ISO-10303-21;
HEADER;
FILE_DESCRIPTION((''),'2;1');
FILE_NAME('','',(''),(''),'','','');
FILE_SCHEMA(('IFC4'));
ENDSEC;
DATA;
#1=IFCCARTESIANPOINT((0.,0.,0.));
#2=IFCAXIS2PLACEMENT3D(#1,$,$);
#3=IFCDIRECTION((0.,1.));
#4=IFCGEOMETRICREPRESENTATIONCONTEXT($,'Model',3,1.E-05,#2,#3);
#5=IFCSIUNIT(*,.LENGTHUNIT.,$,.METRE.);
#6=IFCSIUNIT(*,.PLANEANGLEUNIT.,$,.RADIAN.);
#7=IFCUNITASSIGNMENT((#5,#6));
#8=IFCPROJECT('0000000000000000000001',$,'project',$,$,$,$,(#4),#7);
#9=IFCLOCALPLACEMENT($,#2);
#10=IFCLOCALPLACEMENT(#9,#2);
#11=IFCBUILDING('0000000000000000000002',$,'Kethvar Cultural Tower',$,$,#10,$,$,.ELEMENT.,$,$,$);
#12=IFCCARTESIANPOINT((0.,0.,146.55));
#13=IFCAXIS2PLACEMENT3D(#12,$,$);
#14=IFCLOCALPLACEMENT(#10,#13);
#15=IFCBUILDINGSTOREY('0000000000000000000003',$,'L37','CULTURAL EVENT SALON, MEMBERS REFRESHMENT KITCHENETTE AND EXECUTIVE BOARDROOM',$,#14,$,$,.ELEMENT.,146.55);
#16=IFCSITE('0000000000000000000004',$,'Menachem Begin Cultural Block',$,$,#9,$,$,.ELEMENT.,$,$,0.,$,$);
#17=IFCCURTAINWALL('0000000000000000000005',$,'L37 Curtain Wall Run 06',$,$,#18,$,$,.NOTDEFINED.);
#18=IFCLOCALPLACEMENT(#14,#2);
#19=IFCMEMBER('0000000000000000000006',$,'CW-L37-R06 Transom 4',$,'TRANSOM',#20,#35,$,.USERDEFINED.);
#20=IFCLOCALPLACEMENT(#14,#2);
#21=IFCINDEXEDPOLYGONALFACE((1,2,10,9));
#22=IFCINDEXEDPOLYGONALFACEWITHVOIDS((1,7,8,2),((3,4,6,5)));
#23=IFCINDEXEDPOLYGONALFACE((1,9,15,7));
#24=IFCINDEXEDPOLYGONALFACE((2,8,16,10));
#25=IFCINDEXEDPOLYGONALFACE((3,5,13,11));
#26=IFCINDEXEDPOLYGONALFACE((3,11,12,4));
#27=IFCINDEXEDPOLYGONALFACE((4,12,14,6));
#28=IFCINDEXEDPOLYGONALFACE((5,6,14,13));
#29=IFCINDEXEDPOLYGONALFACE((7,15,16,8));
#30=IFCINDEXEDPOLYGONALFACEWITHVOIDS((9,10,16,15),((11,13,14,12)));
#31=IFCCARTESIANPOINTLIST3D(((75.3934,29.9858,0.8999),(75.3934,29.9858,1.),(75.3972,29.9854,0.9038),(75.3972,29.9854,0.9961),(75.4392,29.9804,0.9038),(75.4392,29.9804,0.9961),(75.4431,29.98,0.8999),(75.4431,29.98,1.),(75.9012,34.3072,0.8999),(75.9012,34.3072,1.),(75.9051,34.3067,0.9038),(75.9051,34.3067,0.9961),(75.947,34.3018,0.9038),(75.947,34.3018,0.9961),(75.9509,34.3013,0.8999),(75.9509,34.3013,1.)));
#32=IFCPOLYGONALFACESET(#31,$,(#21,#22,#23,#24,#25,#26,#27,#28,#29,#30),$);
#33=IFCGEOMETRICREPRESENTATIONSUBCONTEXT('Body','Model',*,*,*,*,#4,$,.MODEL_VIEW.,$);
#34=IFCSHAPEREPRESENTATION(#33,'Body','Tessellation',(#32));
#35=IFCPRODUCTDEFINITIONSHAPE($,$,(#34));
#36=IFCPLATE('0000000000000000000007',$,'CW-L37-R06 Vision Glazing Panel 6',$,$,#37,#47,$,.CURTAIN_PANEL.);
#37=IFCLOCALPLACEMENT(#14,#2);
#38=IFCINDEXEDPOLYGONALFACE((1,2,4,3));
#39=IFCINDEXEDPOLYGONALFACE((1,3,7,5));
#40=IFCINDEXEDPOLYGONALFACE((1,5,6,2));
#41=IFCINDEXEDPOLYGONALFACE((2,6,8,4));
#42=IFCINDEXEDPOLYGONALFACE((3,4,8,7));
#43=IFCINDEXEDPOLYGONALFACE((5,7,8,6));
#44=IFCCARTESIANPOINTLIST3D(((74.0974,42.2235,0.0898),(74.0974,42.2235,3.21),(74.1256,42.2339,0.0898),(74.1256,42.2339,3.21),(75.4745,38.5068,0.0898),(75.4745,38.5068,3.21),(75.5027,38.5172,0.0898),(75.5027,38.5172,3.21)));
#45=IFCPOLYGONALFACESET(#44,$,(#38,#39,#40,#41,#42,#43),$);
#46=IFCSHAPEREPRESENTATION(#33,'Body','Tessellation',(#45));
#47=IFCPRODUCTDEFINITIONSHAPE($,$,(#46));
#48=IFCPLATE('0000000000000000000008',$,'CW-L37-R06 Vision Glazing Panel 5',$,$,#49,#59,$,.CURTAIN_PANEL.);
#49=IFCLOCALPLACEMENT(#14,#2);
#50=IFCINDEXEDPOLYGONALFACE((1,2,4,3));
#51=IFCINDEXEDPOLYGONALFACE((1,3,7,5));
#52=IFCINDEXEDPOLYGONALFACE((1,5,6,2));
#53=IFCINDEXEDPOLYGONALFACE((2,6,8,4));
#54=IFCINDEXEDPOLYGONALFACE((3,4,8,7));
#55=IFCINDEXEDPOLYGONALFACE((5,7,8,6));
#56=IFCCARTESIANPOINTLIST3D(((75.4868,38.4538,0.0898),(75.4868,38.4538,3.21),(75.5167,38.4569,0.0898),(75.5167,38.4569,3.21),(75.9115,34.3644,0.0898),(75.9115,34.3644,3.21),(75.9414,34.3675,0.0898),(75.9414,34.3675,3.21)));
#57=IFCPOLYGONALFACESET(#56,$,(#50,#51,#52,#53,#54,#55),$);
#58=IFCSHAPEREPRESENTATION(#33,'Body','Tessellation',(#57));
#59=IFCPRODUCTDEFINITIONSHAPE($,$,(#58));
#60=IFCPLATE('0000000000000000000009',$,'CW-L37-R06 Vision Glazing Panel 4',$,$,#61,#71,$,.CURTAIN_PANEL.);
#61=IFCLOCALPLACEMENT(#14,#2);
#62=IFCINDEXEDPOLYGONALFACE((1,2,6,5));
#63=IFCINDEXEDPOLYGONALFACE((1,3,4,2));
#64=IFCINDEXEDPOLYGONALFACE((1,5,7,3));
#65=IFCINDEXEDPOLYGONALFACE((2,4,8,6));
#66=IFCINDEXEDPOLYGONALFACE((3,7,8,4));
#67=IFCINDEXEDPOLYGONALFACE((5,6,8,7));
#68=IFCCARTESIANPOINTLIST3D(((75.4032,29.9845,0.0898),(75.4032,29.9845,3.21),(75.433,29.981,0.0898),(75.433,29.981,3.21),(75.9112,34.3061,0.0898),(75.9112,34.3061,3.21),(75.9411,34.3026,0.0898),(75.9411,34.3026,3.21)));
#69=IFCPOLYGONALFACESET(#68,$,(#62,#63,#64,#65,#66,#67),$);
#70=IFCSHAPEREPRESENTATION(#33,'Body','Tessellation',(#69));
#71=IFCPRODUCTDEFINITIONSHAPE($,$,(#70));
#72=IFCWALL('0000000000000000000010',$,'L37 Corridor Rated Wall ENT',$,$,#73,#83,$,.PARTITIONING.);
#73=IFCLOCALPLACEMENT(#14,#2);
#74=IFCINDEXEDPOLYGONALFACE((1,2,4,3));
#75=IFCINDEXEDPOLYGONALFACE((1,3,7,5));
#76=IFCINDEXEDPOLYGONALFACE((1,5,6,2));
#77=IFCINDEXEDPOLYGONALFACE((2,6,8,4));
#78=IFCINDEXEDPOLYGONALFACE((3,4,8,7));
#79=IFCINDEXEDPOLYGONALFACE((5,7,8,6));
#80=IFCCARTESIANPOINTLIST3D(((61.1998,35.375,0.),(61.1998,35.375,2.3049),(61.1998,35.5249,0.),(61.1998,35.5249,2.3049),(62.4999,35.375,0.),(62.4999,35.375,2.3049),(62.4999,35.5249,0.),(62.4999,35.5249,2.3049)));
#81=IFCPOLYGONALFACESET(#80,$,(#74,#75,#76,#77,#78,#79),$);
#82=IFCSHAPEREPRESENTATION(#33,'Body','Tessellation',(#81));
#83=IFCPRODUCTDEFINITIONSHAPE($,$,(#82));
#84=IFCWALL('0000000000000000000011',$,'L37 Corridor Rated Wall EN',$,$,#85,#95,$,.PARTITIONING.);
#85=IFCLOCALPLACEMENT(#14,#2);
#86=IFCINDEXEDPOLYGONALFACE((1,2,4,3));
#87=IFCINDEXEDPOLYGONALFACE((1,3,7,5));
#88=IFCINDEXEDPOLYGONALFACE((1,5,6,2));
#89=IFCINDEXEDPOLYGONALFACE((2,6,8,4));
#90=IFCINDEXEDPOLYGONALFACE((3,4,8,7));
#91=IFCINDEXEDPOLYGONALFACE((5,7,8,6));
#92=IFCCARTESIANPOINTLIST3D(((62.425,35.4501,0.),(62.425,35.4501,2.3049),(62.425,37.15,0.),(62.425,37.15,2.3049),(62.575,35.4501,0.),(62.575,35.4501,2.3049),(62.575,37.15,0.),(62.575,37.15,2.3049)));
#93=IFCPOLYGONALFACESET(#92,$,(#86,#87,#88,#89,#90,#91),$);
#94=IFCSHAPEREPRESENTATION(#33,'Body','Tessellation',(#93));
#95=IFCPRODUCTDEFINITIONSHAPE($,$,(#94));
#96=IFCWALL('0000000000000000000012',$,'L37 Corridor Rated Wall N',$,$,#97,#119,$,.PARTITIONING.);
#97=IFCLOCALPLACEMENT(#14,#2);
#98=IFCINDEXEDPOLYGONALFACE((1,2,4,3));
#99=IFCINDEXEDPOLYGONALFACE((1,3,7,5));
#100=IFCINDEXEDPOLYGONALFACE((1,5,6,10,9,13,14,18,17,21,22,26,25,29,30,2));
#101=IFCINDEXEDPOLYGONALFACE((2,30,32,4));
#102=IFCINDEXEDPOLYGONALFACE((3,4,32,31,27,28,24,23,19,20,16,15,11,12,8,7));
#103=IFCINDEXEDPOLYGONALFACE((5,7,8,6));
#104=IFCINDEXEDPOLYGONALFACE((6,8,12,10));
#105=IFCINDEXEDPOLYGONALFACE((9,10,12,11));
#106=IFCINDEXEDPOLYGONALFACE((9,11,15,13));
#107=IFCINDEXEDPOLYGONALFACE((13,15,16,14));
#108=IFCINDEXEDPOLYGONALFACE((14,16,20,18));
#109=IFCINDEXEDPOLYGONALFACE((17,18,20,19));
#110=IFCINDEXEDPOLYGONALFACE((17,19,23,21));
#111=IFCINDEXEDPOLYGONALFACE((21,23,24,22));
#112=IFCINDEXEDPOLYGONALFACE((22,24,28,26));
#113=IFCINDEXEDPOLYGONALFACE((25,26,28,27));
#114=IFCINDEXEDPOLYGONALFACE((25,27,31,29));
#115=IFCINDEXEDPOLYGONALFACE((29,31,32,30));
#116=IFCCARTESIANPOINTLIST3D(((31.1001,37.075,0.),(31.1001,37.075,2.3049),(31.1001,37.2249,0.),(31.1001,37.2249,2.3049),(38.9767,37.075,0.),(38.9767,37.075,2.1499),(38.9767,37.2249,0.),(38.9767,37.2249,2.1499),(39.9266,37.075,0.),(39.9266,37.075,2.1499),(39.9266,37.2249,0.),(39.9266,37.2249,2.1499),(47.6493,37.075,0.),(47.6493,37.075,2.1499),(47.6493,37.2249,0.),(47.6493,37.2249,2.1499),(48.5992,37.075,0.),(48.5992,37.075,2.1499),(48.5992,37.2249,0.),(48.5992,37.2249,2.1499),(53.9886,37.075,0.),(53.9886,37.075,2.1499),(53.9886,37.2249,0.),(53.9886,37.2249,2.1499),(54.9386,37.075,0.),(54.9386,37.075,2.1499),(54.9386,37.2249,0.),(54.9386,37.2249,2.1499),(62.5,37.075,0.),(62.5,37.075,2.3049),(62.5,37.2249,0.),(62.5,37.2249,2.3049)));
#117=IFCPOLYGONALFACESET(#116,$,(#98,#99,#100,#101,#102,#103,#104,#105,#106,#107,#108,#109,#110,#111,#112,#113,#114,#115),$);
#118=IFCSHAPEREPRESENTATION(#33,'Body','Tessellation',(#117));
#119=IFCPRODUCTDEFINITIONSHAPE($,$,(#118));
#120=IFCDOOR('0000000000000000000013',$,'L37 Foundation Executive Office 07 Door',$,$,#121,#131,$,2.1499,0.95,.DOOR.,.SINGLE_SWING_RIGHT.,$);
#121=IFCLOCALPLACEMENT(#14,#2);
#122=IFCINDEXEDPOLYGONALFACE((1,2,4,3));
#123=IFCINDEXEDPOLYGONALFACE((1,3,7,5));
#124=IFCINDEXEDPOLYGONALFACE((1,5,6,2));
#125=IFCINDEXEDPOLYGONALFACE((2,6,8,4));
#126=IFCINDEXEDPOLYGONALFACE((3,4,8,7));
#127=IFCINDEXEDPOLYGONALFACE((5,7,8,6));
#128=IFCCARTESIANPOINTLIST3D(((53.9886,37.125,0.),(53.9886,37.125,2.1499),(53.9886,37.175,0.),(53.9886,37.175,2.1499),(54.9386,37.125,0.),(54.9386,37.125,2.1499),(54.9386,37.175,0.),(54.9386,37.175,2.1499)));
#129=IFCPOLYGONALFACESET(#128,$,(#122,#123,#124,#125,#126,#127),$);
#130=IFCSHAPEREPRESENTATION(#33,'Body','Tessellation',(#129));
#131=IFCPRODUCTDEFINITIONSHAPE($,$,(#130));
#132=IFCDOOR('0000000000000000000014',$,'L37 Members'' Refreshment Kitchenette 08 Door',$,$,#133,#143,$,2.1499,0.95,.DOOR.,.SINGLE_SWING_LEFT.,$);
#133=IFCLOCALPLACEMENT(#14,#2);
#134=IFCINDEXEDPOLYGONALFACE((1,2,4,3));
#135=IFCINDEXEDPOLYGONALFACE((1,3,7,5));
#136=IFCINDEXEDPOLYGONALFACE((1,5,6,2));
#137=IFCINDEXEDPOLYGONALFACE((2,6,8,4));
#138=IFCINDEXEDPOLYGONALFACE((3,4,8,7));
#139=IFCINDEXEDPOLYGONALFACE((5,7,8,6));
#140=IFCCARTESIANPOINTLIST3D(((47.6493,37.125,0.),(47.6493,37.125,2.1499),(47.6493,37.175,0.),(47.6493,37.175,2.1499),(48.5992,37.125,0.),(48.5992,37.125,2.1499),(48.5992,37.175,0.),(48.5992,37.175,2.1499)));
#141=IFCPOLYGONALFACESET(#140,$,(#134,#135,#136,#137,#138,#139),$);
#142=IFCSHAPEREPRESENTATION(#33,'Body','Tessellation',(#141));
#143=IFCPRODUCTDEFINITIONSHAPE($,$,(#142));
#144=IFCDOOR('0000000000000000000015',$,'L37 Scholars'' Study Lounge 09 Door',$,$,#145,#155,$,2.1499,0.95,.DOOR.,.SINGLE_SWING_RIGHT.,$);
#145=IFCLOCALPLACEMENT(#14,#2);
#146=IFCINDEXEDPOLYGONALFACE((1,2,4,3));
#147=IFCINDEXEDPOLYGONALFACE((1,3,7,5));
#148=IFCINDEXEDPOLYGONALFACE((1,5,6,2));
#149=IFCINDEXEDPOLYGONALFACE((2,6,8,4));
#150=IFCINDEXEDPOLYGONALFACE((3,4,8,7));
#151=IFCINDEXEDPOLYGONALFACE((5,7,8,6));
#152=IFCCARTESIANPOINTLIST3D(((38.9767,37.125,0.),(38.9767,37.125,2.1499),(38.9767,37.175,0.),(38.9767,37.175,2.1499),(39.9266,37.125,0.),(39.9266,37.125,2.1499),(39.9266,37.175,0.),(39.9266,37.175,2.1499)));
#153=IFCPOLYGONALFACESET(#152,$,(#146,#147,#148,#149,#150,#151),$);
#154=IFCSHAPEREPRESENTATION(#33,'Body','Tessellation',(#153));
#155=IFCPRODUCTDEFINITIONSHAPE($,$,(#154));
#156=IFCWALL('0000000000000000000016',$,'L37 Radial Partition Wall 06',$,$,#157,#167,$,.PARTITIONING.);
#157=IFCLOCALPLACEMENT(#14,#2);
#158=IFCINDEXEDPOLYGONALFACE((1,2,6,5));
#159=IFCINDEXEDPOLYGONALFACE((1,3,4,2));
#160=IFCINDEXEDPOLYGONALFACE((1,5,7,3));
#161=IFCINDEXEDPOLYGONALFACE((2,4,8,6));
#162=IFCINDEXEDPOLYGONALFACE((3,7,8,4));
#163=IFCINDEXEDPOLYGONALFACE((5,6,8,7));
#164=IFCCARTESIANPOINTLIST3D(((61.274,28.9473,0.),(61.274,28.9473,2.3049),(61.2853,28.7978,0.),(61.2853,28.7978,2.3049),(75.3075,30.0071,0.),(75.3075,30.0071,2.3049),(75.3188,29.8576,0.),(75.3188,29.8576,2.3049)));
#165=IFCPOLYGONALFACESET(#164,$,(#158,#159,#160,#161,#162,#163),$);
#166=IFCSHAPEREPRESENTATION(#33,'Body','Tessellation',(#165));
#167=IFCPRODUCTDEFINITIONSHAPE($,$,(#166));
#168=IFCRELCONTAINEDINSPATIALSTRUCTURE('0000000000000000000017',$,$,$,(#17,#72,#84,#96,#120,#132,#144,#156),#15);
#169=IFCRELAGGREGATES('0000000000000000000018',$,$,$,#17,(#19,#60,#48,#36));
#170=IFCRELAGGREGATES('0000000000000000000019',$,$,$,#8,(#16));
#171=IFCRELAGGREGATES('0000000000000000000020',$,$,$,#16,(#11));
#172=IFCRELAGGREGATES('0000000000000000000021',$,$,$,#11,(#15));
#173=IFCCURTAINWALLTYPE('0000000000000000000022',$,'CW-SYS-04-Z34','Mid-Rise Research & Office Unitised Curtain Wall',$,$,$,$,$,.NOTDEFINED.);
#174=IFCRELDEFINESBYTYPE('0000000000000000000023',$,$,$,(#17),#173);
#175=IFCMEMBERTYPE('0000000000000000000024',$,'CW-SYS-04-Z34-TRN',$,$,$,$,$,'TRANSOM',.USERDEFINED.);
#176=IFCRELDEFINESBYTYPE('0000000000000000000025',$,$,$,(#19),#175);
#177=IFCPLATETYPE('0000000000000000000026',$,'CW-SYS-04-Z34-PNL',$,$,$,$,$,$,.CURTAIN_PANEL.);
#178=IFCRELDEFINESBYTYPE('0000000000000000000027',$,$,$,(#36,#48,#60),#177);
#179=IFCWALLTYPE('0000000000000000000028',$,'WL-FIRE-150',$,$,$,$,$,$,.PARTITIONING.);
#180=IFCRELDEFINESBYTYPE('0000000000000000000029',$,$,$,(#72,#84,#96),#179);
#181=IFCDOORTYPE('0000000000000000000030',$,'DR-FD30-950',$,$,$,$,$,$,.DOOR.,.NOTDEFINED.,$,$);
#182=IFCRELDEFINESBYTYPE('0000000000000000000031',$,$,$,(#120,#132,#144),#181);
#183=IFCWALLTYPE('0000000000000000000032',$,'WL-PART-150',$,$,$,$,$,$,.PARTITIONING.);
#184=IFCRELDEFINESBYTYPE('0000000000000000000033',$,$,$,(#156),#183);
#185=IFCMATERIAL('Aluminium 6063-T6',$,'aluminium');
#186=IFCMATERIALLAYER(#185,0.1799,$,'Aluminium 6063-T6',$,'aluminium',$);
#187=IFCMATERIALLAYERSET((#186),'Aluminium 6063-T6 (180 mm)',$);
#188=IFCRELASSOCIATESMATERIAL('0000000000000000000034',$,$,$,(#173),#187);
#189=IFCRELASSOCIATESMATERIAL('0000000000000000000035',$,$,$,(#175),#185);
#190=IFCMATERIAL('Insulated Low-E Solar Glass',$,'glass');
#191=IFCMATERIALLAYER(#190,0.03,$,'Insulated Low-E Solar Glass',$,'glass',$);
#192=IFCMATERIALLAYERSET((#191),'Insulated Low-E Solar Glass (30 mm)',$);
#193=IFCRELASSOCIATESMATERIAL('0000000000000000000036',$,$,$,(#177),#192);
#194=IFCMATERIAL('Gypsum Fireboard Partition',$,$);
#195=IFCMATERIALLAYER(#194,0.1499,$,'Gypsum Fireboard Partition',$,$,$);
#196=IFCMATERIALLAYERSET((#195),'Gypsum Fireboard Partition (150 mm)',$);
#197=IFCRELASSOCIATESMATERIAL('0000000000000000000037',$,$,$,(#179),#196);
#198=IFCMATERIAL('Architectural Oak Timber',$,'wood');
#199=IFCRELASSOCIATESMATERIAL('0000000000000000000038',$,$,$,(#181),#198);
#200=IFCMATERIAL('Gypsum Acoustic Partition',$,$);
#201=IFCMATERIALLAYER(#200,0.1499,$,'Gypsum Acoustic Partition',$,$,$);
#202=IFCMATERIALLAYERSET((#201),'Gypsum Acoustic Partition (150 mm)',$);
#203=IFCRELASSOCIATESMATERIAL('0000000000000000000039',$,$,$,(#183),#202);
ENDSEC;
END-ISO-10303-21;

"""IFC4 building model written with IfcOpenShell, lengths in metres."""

from ifc_helpers import new_model, si_unit, direction, frame, frame_2d, origin, origin_2d, place, context, subcontext, project, spatial, rectangle, hollow_rectangle, extrude, source, transform, mapped, material, layer, layer_set, material_profile, profile_set, type_object, element, fill, aggregate, save


model = new_model("IFC4")

# Units and contexts
model_context = context("Model", 3, precision=1e-05, world=origin(), true_north=direction((0.0, 1.0)))
body_context = subcontext(model_context, "Body", "Model", "MODEL_VIEW")
ifc_project = project(units=[si_unit("LENGTHUNIT", "METRE"), si_unit("PLANEANGLEUNIT", "RADIAN")], contexts=[model_context])

# Site, building, storey
site_placement = place(None, origin())
site = spatial("IfcSite", under=ifc_project, at=site_placement, Name="Menachem Begin Cultural Block", CompositionType="ELEMENT", RefElevation=0.0)
building_placement = place(site_placement, origin())
building = spatial("IfcBuilding", under=site, at=building_placement, Name="Kethvar Cultural Tower", CompositionType="ELEMENT")
storey_placement = place(building_placement, frame((0.0, 0.0, 146.55)))
storey = spatial("IfcBuildingStorey", under=building, at=storey_placement, Name="L37", Description="CULTURAL EVENT SALON, MEMBERS REFRESHMENT KITCHENETTE AND EXECUTIVE BOARDROOM", CompositionType="ELEMENT", Elevation=146.55)

# Shared definitions
ifc_material_1 = material(Name="Aluminium 6063-T6", Category="aluminium")
ifc_layer_1 = layer(ifc_material_1, 0.1799, Name="Aluminium 6063-T6", Category="aluminium")
ifc_layer_set_1 = layer_set([ifc_layer_1], Name="Aluminium 6063-T6 (180 mm)")
curtain_wall_type = type_object("IfcCurtainWallType", Name="CW-SYS-04-Z34", Description="Mid-Rise Research & Office Unitised Curtain Wall", PredefinedType="NOTDEFINED", material=ifc_layer_set_1)

# Curtain wall
curtain_wall_1_placement = place(storey_placement, origin())
curtain_wall_1 = element("IfcCurtainWall", 1, at=curtain_wall_1_placement, inside=storey, type_object=curtain_wall_type, Name="L37 Curtain Wall Run 06", PredefinedType="NOTDEFINED")

# Member
ifc_material_profile_1 = material_profile(ifc_material_1, hollow_rectangle(XDim=0.05, YDim=0.1001, WallThickness=0.0039, at=origin_2d()), Name="Aluminium 6063-T6 — RHS100x50x4")
ifc_profile_set_1 = profile_set([ifc_material_profile_1], Name="Aluminium 6063-T6 — RHS100x50x4")
member_type_1 = type_object("IfcMemberType", Name="CW-SYS-04-Z34-TRN", ElementType="TRANSOM", PredefinedType="USERDEFINED", material=ifc_profile_set_1)
shared_shape_1 = source(origin(), body_context, "Body", "SweptSolid", [
    extrude(hollow_rectangle(XDim=0.05, YDim=0.1001, WallThickness=0.0039, at=origin_2d()), origin(), (0.0, 0.0, 1.0), 4.3511),
])
member_1_placement = place(storey_placement, frame((75.4182, 29.9829, 0.95), z_axis=(0.116711, 0.993166, 0.0), x_axis=(-0.993166, 0.116711, 0.0)))
member_1 = element("IfcMember", 2, at=member_1_placement, type_object=member_type_1, Name="CW-L37-R06 Transom 4", ObjectType="TRANSOM", PredefinedType="USERDEFINED", context=body_context, shape_type="MappedRepresentation", body=[
    mapped(shared_shape_1, transform((0.0, 0.0, 0.0), scale=1.0)),
])

# Plates
ifc_material_2 = material(Name="Insulated Low-E Solar Glass", Category="glass")
ifc_layer_2 = layer(ifc_material_2, 0.03, Name="Insulated Low-E Solar Glass", Category="glass")
ifc_layer_set_2 = layer_set([ifc_layer_2], Name="Insulated Low-E Solar Glass (30 mm)")
plate_type = type_object("IfcPlateType", Name="CW-SYS-04-Z34-PNL", PredefinedType="CURTAIN_PANEL", material=ifc_layer_set_2)
shared_shape_2 = source(origin(), body_context, "Body", "SweptSolid", [
    extrude(rectangle(XDim=3.9636, YDim=0.03, at=origin_2d()), origin(), (0.0, 0.0, 1.0), 3.1201),
])
plate_1_placement = place(storey_placement, frame((74.8, 40.3704, 0.0898), z_axis=(0.0, 0.0, 1.0), x_axis=(-0.347427, 0.937707, 0.0)))
plate_1 = element("IfcPlate", 3, at=plate_1_placement, type_object=plate_type, Name="CW-L37-R06 Vision Glazing Panel 6", PredefinedType="CURTAIN_PANEL", context=body_context, shape_type="MappedRepresentation", body=[
    mapped(shared_shape_2, transform((0.0, 0.0, 0.0), scale=1.0)),
])
shared_shape_3 = source(origin(), body_context, "Body", "SweptSolid", [
    extrude(rectangle(XDim=4.1113, YDim=0.03, at=origin_2d()), origin(), (0.0, 0.0, 1.0), 3.1201),
])
plate_2_placement = place(storey_placement, frame((75.7141, 36.4106, 0.0898), z_axis=(0.0, 0.0, 1.0), x_axis=(-0.103296, 0.994651, 0.0)))
plate_2 = element("IfcPlate", 4, at=plate_2_placement, type_object=plate_type, Name="CW-L37-R06 Vision Glazing Panel 5", PredefinedType="CURTAIN_PANEL", context=body_context, shape_type="MappedRepresentation", body=[
    mapped(shared_shape_3, transform((0.0, 0.0, 0.0), scale=1.0)),
])
shared_shape_4 = source(origin(), body_context, "Body", "SweptSolid", [
    extrude(rectangle(XDim=4.3513, YDim=0.03, at=origin_2d()), origin(), (0.0, 0.0, 1.0), 3.1201),
])
plate_3_placement = place(storey_placement, frame((75.6721, 32.1436, 0.0898), z_axis=(0.0, 0.0, 1.0), x_axis=(0.116757, 0.99316, 0.0)))
plate_3 = element("IfcPlate", 5, at=plate_3_placement, type_object=plate_type, Name="CW-L37-R06 Vision Glazing Panel 4", PredefinedType="CURTAIN_PANEL", context=body_context, shape_type="MappedRepresentation", body=[
    mapped(shared_shape_4, transform((0.0, 0.0, 0.0), scale=1.0)),
])
aggregate(curtain_wall_1, [member_1, plate_3, plate_2, plate_1])

# Walls
ifc_material_3 = material(Name="Gypsum Fireboard Partition")
ifc_layer_3 = layer(ifc_material_3, 0.1499, Name="Gypsum Fireboard Partition")
ifc_layer_set_3 = layer_set([ifc_layer_3], Name="Gypsum Fireboard Partition (150 mm)")
wall_type_1 = type_object("IfcWallType", Name="WL-FIRE-150", PredefinedType="PARTITIONING", material=ifc_layer_set_3)
wall_1_placement = place(storey_placement, frame((61.2, 35.45, 0.0), z_axis=(0.0, 0.0, 1.0), x_axis=(1.0, 0.0, 0.0)))
element("IfcWall", 6, at=wall_1_placement, inside=storey, type_object=wall_type_1, Name="L37 Corridor Rated Wall ENT", PredefinedType="PARTITIONING", context=body_context, shape_type="SweptSolid", body=[
    extrude(rectangle(XDim=1.3, YDim=0.1499, at=frame_2d((0.6499, 0.0))), origin(), (0.0, 0.0, 1.0), 2.3049),
])
wall_2_placement = place(storey_placement, frame((62.5, 35.45, 0.0), z_axis=(0.0, 0.0, 1.0), x_axis=(0.0, 1.0, 0.0)))
element("IfcWall", 7, at=wall_2_placement, inside=storey, type_object=wall_type_1, Name="L37 Corridor Rated Wall EN", PredefinedType="PARTITIONING", context=body_context, shape_type="SweptSolid", body=[
    extrude(rectangle(XDim=1.7, YDim=0.1499, at=frame_2d((0.8501, 0.0))), origin(), (0.0, 0.0, 1.0), 2.3049),
])

# Wall, openings, doors
wall_3_placement = place(storey_placement, frame((62.5, 37.1499, 0.0), z_axis=(0.0, 0.0, 1.0), x_axis=(-1.0, 0.0, 0.0)))
wall_3 = element("IfcWall", 8, at=wall_3_placement, inside=storey, type_object=wall_type_1, Name="L37 Corridor Rated Wall N", PredefinedType="PARTITIONING", context=body_context, shape_type="SweptSolid", body=[
    extrude(rectangle(XDim=31.3999, YDim=0.1499, at=frame_2d((15.7, 0.0))), origin(), (0.0, 0.0, 1.0), 2.3049),
])
opening_1_placement = place(wall_3_placement, frame((7.5613, 0.0, 0.0)))
opening_1 = element("IfcOpeningElement", 9, at=opening_1_placement, cuts=wall_3, PredefinedType="OPENING", context=body_context, shape_type="SweptSolid", body=[
    extrude(rectangle(XDim=0.95, YDim=2.1499, at=frame_2d((0.4751, 1.075))), frame((0.0, 0.085, 0.0), z_axis=(0.0, -1.0, 0.0), x_axis=(1.0, 0.0, 0.0)), (0.0, 0.0, 1.0), 0.1699),
])
opening_2_placement = place(wall_3_placement, frame((13.9006, 0.0, 0.0)))
opening_2 = element("IfcOpeningElement", 10, at=opening_2_placement, cuts=wall_3, PredefinedType="OPENING", context=body_context, shape_type="SweptSolid", body=[
    extrude(rectangle(XDim=0.95, YDim=2.1499, at=frame_2d((0.4751, 1.075))), frame((0.0, 0.085, 0.0), z_axis=(0.0, -1.0, 0.0), x_axis=(1.0, 0.0, 0.0)), (0.0, 0.0, 1.0), 0.1699),
])
opening_3_placement = place(wall_3_placement, frame((22.5732, 0.0, 0.0)))
opening_3 = element("IfcOpeningElement", 11, at=opening_3_placement, cuts=wall_3, PredefinedType="OPENING", context=body_context, shape_type="SweptSolid", body=[
    extrude(rectangle(XDim=0.95, YDim=2.1499, at=frame_2d((0.4751, 1.075))), frame((0.0, 0.085, 0.0), z_axis=(0.0, -1.0, 0.0), x_axis=(1.0, 0.0, 0.0)), (0.0, 0.0, 1.0), 0.1699),
])
ifc_material_4 = material(Name="Architectural Oak Timber", Category="wood")
door_type = type_object("IfcDoorType", Name="DR-FD30-950", OperationType="NOTDEFINED", PredefinedType="DOOR", material=ifc_material_4)
shared_shape_5 = source(origin(), body_context, "Body", "SweptSolid", [
    extrude(rectangle(XDim=0.95, YDim=2.1499, at=frame_2d((0.4751, 1.075))), frame((0.0, 0.0249, 0.0), z_axis=(0.0, -1.0, 0.0), x_axis=(1.0, 0.0, 0.0)), (0.0, 0.0, 1.0), 0.05),
])
door_1_placement = place(opening_1_placement, origin())
door_1 = element("IfcDoor", 12, at=door_1_placement, inside=storey, type_object=door_type, Name="L37 Foundation Executive Office 07 Door", OperationType="SINGLE_SWING_RIGHT", OverallHeight=2.1499, OverallWidth=0.95, PredefinedType="DOOR", context=body_context, shape_type="MappedRepresentation", body=[
    mapped(shared_shape_5, transform((0.0, 0.0, 0.0), scale=1.0)),
])
fill(opening_1, door_1)
door_2_placement = place(opening_2_placement, origin())
door_2 = element("IfcDoor", 13, at=door_2_placement, inside=storey, type_object=door_type, Name="L37 Members' Refreshment Kitchenette 08 Door", OperationType="SINGLE_SWING_LEFT", OverallHeight=2.1499, OverallWidth=0.95, PredefinedType="DOOR", context=body_context, shape_type="MappedRepresentation", body=[
    mapped(shared_shape_5, transform((0.0, 0.0, 0.0), scale=1.0)),
])
fill(opening_2, door_2)
door_3_placement = place(opening_3_placement, origin())
door_3 = element("IfcDoor", 14, at=door_3_placement, inside=storey, type_object=door_type, Name="L37 Scholars' Study Lounge 09 Door", OperationType="SINGLE_SWING_RIGHT", OverallHeight=2.1499, OverallWidth=0.95, PredefinedType="DOOR", context=body_context, shape_type="MappedRepresentation", body=[
    mapped(shared_shape_5, transform((0.0, 0.0, 0.0), scale=1.0)),
])
fill(opening_3, door_3)

# Wall
ifc_material_5 = material(Name="Gypsum Acoustic Partition")
ifc_layer_4 = layer(ifc_material_5, 0.1499, Name="Gypsum Acoustic Partition")
ifc_layer_set_4 = layer_set([ifc_layer_4], Name="Gypsum Acoustic Partition (150 mm)")
wall_type_2 = type_object("IfcWallType", Name="WL-PART-150", PredefinedType="PARTITIONING", material=ifc_layer_set_4)
wall_4_placement = place(storey_placement, frame((61.2798, 28.8726, 0.0), z_axis=(0.0, 0.0, 1.0), x_axis=(0.99716, 0.075306, 0.0)))
element("IfcWall", 15, at=wall_4_placement, inside=storey, type_object=wall_type_2, Name="L37 Radial Partition Wall 06", PredefinedType="PARTITIONING", context=body_context, shape_type="SweptSolid", body=[
    extrude(rectangle(XDim=14.0735, YDim=0.1499, at=frame_2d((7.0366, 0.0))), origin(), (0.0, 0.0, 1.0), 2.3049),
])

save(model, "model.ifc")
